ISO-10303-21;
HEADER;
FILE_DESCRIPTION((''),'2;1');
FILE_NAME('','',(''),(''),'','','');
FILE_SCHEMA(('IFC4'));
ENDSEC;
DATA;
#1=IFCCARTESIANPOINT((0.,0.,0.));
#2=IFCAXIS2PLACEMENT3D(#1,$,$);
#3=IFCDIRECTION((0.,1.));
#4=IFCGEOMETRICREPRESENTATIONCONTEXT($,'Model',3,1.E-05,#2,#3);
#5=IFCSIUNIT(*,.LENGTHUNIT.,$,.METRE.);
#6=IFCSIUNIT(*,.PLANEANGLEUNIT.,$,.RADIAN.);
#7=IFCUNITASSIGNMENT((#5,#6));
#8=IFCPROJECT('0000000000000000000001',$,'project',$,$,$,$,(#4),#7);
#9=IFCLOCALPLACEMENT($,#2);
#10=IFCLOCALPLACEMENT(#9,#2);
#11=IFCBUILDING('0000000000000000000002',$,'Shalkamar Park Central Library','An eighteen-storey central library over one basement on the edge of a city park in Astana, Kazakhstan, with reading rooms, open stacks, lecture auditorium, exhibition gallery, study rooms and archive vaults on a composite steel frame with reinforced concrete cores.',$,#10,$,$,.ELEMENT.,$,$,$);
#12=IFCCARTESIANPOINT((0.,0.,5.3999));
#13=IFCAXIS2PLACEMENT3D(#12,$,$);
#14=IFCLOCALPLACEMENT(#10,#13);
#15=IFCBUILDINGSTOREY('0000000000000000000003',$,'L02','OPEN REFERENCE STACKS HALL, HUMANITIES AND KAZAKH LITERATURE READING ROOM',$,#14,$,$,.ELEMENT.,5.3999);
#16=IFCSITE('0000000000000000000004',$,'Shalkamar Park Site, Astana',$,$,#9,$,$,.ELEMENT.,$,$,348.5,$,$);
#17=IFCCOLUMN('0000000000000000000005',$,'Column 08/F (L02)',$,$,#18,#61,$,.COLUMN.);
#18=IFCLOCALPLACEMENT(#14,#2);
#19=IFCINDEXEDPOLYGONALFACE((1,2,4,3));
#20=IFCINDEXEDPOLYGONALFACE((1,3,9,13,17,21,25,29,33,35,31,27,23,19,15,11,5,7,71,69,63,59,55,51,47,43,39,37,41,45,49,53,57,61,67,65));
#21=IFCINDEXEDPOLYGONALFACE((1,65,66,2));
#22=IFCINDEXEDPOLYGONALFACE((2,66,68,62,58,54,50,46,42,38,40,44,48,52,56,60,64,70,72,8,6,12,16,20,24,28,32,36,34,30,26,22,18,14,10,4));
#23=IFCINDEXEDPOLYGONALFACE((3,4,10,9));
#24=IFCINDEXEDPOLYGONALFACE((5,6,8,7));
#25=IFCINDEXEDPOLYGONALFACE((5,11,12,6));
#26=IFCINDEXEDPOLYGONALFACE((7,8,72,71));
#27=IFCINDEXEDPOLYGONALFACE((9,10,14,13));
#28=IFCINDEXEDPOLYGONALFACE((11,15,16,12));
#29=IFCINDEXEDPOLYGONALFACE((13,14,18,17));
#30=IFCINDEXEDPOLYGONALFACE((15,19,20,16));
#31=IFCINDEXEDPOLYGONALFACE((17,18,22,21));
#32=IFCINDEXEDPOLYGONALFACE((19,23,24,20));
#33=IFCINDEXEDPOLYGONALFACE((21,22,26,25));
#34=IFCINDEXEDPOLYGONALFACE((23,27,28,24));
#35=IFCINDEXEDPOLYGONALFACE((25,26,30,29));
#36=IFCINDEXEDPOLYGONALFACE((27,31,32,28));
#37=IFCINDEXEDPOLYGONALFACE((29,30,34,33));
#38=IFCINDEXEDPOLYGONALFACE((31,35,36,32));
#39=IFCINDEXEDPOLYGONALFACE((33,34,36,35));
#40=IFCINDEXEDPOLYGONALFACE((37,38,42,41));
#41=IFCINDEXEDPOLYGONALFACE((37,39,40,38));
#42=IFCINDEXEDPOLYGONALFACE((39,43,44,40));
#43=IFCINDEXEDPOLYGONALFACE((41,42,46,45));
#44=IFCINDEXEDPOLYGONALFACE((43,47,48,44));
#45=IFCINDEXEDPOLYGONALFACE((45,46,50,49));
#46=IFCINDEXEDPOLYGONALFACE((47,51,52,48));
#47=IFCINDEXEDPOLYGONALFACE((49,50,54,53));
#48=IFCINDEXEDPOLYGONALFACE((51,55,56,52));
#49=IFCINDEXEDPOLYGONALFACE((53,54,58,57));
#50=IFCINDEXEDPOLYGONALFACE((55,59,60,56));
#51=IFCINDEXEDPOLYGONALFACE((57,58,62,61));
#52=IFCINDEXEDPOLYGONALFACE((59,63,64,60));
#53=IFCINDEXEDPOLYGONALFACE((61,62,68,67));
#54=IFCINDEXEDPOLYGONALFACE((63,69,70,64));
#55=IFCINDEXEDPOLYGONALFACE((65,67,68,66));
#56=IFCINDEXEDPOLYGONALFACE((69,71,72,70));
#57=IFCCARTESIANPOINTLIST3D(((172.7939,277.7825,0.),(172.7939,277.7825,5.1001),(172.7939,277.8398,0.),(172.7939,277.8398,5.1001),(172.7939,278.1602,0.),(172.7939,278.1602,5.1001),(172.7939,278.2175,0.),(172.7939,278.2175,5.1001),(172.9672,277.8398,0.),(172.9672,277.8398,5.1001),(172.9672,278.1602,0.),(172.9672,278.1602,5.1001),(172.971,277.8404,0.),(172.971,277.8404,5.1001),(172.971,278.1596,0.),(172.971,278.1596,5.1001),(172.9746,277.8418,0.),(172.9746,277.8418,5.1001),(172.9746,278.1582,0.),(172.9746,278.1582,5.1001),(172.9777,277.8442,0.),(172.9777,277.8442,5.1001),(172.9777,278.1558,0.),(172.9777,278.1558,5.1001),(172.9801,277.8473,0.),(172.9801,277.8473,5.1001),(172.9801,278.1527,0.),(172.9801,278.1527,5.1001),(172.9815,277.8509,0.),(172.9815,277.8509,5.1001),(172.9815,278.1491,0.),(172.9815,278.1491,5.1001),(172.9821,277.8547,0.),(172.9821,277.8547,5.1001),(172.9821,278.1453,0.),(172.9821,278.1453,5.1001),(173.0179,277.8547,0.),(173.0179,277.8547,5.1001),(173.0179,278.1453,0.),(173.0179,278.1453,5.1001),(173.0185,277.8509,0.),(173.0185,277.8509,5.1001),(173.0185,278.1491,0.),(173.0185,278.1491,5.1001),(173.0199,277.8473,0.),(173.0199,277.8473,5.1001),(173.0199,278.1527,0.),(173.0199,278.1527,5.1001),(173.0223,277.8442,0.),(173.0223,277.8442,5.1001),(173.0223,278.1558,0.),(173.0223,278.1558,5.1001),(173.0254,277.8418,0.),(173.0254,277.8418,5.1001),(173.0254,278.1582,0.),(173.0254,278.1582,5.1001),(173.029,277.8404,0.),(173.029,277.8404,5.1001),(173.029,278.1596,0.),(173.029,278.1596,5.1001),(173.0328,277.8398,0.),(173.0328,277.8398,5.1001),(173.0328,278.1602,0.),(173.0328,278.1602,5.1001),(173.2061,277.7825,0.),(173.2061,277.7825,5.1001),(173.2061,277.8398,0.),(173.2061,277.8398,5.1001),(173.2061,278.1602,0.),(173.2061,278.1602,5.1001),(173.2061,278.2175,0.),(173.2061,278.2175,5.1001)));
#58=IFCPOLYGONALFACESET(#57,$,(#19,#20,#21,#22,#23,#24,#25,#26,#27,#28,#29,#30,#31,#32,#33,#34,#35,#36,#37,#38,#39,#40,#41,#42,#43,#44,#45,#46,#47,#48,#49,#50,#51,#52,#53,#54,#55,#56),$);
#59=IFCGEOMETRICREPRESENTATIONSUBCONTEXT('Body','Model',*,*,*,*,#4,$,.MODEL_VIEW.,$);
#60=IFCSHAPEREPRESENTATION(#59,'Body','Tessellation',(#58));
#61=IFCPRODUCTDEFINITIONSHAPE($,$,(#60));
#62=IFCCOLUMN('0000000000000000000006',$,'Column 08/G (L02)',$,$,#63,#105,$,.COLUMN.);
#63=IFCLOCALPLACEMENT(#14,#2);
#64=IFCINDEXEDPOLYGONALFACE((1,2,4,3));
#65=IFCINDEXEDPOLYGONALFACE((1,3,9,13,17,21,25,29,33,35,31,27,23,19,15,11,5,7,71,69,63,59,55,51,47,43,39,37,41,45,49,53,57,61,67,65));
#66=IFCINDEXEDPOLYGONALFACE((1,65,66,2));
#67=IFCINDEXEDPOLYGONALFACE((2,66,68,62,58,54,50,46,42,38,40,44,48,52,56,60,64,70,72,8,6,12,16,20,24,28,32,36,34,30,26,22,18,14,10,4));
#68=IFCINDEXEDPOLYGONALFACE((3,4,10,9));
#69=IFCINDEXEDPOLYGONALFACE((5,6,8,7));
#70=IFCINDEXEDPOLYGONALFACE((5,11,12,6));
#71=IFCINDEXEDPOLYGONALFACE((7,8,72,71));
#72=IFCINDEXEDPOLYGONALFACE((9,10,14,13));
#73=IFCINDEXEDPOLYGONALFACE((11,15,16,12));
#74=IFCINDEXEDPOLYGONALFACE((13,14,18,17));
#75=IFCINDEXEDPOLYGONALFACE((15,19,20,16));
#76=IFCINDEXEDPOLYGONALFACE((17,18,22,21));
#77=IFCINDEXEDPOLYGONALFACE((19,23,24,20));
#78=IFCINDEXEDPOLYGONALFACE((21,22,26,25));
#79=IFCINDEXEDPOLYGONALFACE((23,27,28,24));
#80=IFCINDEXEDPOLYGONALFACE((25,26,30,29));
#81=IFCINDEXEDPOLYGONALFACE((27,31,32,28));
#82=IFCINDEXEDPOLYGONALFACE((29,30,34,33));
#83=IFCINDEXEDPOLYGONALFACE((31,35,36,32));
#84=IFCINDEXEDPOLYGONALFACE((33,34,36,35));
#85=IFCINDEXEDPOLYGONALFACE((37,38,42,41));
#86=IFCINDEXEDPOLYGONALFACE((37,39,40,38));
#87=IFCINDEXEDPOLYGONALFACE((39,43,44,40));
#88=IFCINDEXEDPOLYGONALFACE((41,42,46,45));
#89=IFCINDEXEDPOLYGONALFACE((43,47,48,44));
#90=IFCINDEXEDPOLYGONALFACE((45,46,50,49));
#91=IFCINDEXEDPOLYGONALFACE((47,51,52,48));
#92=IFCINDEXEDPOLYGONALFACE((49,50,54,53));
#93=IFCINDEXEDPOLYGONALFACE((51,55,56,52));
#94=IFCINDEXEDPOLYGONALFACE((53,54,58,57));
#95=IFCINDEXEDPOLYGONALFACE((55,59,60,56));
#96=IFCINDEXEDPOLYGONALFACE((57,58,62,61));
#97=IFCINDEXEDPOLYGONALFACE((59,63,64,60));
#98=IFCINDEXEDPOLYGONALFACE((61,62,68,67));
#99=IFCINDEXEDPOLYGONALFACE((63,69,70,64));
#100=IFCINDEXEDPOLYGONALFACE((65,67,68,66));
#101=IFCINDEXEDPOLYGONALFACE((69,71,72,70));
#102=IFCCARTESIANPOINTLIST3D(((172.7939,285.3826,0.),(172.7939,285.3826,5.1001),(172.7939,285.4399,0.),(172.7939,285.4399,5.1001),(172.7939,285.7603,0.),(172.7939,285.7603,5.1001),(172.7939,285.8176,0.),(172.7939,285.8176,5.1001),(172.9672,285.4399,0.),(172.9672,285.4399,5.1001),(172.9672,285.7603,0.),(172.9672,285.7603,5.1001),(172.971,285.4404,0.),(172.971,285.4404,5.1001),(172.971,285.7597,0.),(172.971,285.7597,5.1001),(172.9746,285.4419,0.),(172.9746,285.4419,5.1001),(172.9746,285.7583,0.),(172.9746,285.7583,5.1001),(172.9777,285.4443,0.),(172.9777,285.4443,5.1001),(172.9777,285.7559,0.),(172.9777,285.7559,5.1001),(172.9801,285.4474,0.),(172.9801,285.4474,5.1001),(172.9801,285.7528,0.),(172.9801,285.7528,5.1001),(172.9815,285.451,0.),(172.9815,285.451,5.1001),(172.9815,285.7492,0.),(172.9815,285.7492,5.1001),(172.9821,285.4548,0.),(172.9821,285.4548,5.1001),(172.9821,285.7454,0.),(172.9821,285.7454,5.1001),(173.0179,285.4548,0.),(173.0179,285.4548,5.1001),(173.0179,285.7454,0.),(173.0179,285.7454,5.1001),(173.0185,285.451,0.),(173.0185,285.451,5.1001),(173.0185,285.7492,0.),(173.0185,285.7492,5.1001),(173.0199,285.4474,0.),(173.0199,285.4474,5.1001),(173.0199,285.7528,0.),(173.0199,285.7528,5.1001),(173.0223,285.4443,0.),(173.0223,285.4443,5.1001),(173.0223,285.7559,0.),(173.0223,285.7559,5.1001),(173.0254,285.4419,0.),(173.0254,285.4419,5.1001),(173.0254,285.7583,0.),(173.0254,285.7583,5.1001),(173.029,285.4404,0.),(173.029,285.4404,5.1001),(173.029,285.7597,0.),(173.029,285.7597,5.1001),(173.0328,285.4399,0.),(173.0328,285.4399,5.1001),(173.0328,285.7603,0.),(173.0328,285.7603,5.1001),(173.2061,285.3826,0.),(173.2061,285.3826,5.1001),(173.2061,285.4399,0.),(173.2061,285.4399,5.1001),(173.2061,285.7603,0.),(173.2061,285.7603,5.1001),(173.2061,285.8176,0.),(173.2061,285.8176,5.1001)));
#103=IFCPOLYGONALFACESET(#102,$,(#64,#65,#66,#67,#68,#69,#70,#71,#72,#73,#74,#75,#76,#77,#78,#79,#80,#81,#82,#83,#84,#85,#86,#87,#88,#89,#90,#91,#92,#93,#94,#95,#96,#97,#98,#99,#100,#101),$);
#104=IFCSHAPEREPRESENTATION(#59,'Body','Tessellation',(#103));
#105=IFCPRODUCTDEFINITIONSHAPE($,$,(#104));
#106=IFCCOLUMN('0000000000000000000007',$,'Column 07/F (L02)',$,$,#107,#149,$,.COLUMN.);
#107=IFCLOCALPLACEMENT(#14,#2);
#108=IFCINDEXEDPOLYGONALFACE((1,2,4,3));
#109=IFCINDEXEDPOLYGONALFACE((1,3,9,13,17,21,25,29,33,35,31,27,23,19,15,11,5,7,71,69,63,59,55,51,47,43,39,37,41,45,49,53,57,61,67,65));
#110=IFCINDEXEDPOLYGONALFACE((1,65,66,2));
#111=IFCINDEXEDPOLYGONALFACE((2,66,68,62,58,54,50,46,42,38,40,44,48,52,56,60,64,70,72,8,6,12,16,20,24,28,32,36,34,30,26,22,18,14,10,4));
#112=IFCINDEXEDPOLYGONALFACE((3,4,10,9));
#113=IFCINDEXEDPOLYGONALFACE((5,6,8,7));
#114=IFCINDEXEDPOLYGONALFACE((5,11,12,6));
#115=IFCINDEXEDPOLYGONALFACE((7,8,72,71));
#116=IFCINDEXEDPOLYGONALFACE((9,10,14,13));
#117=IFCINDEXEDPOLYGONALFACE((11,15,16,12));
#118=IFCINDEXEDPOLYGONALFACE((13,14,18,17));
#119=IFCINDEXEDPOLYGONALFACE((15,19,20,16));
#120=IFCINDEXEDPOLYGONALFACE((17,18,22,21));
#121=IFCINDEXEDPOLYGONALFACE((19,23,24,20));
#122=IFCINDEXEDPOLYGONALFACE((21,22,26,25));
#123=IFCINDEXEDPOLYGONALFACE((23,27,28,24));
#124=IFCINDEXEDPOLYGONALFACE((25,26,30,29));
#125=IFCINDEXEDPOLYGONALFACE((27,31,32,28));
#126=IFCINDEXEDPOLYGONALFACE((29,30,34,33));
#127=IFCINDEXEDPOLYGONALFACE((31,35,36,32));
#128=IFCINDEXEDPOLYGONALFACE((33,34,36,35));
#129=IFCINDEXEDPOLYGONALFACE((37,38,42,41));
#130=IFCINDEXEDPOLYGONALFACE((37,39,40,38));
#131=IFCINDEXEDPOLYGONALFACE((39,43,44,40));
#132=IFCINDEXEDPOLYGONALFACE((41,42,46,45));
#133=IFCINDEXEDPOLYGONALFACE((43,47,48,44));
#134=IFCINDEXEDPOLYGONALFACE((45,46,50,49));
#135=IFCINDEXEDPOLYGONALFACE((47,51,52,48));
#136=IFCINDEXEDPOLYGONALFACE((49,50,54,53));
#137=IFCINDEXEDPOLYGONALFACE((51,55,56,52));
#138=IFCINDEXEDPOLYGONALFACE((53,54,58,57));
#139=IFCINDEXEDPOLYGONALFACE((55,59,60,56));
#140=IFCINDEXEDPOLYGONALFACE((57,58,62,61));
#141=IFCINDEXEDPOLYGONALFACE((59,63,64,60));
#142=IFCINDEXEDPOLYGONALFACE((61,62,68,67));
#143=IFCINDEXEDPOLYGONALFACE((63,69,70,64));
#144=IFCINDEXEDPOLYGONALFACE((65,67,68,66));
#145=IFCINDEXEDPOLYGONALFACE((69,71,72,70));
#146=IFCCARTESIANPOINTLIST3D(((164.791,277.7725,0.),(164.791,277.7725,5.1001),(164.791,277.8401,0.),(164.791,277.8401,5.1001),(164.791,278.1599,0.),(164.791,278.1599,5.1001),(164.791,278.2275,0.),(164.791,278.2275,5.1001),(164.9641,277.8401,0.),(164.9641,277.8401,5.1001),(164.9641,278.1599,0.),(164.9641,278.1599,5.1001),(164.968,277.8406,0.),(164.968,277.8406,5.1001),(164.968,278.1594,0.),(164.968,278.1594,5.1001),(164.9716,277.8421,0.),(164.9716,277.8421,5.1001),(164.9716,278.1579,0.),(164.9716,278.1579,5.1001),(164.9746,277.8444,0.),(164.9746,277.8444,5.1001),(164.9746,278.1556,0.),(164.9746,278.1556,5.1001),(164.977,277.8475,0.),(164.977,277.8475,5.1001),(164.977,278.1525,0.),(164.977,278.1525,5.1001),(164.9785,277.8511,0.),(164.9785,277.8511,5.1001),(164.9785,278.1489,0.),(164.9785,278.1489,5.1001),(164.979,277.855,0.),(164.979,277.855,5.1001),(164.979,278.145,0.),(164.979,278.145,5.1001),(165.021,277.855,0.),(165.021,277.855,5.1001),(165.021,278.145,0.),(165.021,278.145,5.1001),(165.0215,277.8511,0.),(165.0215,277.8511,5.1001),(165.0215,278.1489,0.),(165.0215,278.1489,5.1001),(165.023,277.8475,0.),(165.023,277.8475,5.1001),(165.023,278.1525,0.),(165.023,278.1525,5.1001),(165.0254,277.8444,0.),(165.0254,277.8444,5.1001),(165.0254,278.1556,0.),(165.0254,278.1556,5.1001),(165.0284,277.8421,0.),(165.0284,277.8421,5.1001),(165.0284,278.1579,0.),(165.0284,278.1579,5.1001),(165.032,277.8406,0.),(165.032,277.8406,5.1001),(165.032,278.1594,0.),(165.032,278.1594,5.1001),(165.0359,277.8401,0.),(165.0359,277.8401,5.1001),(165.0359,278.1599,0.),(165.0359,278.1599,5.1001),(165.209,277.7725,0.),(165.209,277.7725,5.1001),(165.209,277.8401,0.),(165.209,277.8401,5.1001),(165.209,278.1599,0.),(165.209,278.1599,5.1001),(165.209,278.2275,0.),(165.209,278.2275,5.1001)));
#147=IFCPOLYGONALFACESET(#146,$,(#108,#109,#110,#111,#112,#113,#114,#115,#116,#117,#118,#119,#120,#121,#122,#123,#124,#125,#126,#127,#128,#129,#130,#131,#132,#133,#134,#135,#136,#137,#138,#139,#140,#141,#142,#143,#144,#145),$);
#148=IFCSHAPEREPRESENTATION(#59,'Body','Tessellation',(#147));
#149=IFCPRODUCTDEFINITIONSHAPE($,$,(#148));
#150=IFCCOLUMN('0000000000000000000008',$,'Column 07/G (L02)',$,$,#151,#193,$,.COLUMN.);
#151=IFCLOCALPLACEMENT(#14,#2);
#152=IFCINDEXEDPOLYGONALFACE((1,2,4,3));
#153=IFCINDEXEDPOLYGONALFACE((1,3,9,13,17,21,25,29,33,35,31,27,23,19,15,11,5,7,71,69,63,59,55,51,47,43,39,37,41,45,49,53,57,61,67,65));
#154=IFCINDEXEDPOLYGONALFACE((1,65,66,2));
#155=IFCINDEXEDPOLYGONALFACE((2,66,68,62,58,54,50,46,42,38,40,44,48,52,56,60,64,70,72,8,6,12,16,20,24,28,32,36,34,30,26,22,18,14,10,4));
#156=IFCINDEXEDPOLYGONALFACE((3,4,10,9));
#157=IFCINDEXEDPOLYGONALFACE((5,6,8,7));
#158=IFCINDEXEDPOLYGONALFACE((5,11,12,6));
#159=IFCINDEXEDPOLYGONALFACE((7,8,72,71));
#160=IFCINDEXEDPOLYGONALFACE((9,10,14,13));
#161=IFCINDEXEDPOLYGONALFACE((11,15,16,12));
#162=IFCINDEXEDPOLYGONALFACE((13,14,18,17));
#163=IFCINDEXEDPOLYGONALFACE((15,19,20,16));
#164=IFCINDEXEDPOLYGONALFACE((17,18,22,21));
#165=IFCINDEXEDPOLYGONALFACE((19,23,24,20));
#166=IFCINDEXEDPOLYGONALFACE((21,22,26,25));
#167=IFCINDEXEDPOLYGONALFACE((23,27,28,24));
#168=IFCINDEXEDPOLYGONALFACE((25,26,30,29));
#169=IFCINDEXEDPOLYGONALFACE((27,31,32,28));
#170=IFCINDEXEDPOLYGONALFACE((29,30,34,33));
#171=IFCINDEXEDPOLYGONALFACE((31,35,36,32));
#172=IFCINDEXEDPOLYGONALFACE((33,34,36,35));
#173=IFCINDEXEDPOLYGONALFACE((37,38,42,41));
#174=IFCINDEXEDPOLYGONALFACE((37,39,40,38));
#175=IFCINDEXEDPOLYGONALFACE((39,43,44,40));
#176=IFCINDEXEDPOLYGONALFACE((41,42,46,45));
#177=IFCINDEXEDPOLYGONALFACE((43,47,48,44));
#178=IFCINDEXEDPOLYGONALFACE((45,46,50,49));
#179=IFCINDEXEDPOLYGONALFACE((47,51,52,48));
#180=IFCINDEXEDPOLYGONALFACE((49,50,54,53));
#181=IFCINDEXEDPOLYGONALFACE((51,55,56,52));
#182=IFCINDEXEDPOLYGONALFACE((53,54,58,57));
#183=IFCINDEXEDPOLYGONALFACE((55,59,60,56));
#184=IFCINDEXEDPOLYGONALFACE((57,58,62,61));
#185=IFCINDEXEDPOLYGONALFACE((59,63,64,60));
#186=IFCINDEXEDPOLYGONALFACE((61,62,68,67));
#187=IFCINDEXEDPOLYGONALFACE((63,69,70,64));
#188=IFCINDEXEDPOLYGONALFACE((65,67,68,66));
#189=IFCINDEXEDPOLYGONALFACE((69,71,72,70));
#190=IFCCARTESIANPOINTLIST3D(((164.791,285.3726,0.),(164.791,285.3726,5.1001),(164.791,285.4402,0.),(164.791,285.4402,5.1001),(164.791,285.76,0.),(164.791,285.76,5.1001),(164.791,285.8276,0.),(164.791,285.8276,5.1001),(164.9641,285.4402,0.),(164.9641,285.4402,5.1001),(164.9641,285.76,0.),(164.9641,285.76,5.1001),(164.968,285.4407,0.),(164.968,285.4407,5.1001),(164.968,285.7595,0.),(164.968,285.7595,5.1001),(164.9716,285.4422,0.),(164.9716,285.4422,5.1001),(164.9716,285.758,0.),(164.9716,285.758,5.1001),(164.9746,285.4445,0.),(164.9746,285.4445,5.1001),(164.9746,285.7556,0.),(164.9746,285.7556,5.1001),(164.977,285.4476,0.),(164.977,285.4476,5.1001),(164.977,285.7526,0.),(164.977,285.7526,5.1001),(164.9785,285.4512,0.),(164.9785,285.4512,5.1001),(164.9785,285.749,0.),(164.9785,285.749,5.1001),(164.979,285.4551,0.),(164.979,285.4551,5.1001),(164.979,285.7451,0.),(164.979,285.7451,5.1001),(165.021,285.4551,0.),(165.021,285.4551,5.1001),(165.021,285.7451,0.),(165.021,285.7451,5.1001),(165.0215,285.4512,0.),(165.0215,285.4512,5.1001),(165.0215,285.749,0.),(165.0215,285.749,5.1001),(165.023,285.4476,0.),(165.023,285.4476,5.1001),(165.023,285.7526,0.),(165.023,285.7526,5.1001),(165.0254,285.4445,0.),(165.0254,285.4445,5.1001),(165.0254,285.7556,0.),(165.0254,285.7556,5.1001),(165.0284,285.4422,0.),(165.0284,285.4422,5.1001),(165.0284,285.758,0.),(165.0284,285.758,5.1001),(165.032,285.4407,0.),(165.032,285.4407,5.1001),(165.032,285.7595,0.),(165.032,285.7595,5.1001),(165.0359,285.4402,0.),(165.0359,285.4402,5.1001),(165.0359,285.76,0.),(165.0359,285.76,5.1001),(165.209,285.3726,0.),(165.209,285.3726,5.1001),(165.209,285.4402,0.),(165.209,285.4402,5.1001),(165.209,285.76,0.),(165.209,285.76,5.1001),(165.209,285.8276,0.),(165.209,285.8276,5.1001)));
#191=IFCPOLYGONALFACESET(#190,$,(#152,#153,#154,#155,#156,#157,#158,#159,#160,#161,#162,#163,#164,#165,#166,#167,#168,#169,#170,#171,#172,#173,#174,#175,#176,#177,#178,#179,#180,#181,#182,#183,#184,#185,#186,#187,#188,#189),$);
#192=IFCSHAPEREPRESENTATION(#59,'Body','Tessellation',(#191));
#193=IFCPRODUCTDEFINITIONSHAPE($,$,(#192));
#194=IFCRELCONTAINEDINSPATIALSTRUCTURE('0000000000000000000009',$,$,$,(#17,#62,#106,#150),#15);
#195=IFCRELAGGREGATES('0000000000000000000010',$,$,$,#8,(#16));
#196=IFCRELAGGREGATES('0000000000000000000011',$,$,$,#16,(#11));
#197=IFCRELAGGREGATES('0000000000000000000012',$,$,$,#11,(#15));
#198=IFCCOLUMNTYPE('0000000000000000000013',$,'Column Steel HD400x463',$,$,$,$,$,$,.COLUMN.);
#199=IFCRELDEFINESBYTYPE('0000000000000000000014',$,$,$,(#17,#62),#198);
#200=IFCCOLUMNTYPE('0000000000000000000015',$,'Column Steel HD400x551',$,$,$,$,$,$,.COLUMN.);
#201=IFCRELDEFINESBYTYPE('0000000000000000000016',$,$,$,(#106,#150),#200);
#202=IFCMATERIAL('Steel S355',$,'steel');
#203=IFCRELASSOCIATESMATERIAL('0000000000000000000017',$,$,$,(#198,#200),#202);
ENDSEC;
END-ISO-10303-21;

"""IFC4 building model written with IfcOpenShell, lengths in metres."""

from ifc_helpers import new_model, si_unit, direction, frame, origin, origin_2d, place, context, subcontext, project, spatial, i_section, extrude, material, material_profile, profile_set, type_object, element, save


model = new_model("IFC4")

# Units and contexts
model_context = context("Model", 3, precision=1e-05, world=origin(), true_north=direction((0.0, 1.0)))
body_context = subcontext(model_context, "Body", "Model", "MODEL_VIEW")
ifc_project = project(units=[si_unit("LENGTHUNIT", "METRE"), si_unit("PLANEANGLEUNIT", "RADIAN")], contexts=[model_context])

# Site, building, storey
site_placement = place(None, origin())
site = spatial("IfcSite", under=ifc_project, at=site_placement, Name="Shalkamar Park Site, Astana", CompositionType="ELEMENT", RefElevation=348.5)
building_placement = place(site_placement, origin())
building = spatial("IfcBuilding", under=site, at=building_placement, Name="Shalkamar Park Central Library", Description="An eighteen-storey central library over one basement on the edge of a city park in Astana, Kazakhstan, with reading rooms, open stacks, lecture auditorium, exhibition gallery, study rooms and archive vaults on a composite steel frame with reinforced concrete cores.", CompositionType="ELEMENT")
storey_placement = place(building_placement, frame((0.0, 0.0, 5.3999)))
storey = spatial("IfcBuildingStorey", under=building, at=storey_placement, Name="L02", Description="OPEN REFERENCE STACKS HALL, HUMANITIES AND KAZAKH LITERATURE READING ROOM", CompositionType="ELEMENT", Elevation=5.3999)

# Columns
ifc_material = material(Name="Steel S355", Category="steel")
ifc_material_profile_1 = material_profile(ifc_material, i_section(OverallWidth=0.4121, OverallDepth=0.4351, WebThickness=0.0359, FlangeThickness=0.0574, FilletRadius=0.0149, at=origin_2d()), Name="HD 400x463")
ifc_profile_set_1 = profile_set([ifc_material_profile_1], Name="Steel S355")
column_type_1 = type_object("IfcColumnType", Name="Column Steel HD400x463", PredefinedType="COLUMN", material=ifc_profile_set_1)
for number, where, z_axis, x_axis, name in (
    (1, (173.0, 278.0, 0.0), (0.0, 0.0, 1.0), (1.0, 0.0, 0.0), "Column 08/F (L02)"),
    (2, (173.0, 285.6001, 0.0), (0.0, 0.0, 1.0), (1.0, 0.0, 0.0), "Column 08/G (L02)"),
):
    element("IfcColumn", number, at=place(storey_placement, frame(where, z_axis=z_axis, x_axis=x_axis)), inside=storey, type_object=column_type_1, Name=name, PredefinedType="COLUMN", context=body_context, shape_type="SweptSolid", body=[
        extrude(i_section(OverallWidth=0.4121, OverallDepth=0.4351, WebThickness=0.0359, FlangeThickness=0.0574, FilletRadius=0.0149, at=origin_2d()), origin(), (0.0, 0.0, 1.0), 5.1001),
    ])
ifc_material_profile_2 = material_profile(ifc_material, i_section(OverallWidth=0.418, OverallDepth=0.4551, WebThickness=0.042, FlangeThickness=0.0676, FilletRadius=0.0149, at=origin_2d()), Name="HD 400x551")
ifc_profile_set_2 = profile_set([ifc_material_profile_2], Name="Steel S355")
column_type_2 = type_object("IfcColumnType", Name="Column Steel HD400x551", PredefinedType="COLUMN", material=ifc_profile_set_2)
for number, where, z_axis, x_axis, name in (
    (3, (165.0, 278.0, 0.0), (0.0, 0.0, 1.0), (1.0, 0.0, 0.0), "Column 07/F (L02)"),
    (4, (165.0, 285.6001, 0.0), (0.0, 0.0, 1.0), (1.0, 0.0, 0.0), "Column 07/G (L02)"),
):
    element("IfcColumn", number, at=place(storey_placement, frame(where, z_axis=z_axis, x_axis=x_axis)), inside=storey, type_object=column_type_2, Name=name, PredefinedType="COLUMN", context=body_context, shape_type="SweptSolid", body=[
        extrude(i_section(OverallWidth=0.418, OverallDepth=0.4551, WebThickness=0.042, FlangeThickness=0.0676, FilletRadius=0.0149, at=origin_2d()), origin(), (0.0, 0.0, 1.0), 5.1001),
    ])

save(model, "model.ifc")
